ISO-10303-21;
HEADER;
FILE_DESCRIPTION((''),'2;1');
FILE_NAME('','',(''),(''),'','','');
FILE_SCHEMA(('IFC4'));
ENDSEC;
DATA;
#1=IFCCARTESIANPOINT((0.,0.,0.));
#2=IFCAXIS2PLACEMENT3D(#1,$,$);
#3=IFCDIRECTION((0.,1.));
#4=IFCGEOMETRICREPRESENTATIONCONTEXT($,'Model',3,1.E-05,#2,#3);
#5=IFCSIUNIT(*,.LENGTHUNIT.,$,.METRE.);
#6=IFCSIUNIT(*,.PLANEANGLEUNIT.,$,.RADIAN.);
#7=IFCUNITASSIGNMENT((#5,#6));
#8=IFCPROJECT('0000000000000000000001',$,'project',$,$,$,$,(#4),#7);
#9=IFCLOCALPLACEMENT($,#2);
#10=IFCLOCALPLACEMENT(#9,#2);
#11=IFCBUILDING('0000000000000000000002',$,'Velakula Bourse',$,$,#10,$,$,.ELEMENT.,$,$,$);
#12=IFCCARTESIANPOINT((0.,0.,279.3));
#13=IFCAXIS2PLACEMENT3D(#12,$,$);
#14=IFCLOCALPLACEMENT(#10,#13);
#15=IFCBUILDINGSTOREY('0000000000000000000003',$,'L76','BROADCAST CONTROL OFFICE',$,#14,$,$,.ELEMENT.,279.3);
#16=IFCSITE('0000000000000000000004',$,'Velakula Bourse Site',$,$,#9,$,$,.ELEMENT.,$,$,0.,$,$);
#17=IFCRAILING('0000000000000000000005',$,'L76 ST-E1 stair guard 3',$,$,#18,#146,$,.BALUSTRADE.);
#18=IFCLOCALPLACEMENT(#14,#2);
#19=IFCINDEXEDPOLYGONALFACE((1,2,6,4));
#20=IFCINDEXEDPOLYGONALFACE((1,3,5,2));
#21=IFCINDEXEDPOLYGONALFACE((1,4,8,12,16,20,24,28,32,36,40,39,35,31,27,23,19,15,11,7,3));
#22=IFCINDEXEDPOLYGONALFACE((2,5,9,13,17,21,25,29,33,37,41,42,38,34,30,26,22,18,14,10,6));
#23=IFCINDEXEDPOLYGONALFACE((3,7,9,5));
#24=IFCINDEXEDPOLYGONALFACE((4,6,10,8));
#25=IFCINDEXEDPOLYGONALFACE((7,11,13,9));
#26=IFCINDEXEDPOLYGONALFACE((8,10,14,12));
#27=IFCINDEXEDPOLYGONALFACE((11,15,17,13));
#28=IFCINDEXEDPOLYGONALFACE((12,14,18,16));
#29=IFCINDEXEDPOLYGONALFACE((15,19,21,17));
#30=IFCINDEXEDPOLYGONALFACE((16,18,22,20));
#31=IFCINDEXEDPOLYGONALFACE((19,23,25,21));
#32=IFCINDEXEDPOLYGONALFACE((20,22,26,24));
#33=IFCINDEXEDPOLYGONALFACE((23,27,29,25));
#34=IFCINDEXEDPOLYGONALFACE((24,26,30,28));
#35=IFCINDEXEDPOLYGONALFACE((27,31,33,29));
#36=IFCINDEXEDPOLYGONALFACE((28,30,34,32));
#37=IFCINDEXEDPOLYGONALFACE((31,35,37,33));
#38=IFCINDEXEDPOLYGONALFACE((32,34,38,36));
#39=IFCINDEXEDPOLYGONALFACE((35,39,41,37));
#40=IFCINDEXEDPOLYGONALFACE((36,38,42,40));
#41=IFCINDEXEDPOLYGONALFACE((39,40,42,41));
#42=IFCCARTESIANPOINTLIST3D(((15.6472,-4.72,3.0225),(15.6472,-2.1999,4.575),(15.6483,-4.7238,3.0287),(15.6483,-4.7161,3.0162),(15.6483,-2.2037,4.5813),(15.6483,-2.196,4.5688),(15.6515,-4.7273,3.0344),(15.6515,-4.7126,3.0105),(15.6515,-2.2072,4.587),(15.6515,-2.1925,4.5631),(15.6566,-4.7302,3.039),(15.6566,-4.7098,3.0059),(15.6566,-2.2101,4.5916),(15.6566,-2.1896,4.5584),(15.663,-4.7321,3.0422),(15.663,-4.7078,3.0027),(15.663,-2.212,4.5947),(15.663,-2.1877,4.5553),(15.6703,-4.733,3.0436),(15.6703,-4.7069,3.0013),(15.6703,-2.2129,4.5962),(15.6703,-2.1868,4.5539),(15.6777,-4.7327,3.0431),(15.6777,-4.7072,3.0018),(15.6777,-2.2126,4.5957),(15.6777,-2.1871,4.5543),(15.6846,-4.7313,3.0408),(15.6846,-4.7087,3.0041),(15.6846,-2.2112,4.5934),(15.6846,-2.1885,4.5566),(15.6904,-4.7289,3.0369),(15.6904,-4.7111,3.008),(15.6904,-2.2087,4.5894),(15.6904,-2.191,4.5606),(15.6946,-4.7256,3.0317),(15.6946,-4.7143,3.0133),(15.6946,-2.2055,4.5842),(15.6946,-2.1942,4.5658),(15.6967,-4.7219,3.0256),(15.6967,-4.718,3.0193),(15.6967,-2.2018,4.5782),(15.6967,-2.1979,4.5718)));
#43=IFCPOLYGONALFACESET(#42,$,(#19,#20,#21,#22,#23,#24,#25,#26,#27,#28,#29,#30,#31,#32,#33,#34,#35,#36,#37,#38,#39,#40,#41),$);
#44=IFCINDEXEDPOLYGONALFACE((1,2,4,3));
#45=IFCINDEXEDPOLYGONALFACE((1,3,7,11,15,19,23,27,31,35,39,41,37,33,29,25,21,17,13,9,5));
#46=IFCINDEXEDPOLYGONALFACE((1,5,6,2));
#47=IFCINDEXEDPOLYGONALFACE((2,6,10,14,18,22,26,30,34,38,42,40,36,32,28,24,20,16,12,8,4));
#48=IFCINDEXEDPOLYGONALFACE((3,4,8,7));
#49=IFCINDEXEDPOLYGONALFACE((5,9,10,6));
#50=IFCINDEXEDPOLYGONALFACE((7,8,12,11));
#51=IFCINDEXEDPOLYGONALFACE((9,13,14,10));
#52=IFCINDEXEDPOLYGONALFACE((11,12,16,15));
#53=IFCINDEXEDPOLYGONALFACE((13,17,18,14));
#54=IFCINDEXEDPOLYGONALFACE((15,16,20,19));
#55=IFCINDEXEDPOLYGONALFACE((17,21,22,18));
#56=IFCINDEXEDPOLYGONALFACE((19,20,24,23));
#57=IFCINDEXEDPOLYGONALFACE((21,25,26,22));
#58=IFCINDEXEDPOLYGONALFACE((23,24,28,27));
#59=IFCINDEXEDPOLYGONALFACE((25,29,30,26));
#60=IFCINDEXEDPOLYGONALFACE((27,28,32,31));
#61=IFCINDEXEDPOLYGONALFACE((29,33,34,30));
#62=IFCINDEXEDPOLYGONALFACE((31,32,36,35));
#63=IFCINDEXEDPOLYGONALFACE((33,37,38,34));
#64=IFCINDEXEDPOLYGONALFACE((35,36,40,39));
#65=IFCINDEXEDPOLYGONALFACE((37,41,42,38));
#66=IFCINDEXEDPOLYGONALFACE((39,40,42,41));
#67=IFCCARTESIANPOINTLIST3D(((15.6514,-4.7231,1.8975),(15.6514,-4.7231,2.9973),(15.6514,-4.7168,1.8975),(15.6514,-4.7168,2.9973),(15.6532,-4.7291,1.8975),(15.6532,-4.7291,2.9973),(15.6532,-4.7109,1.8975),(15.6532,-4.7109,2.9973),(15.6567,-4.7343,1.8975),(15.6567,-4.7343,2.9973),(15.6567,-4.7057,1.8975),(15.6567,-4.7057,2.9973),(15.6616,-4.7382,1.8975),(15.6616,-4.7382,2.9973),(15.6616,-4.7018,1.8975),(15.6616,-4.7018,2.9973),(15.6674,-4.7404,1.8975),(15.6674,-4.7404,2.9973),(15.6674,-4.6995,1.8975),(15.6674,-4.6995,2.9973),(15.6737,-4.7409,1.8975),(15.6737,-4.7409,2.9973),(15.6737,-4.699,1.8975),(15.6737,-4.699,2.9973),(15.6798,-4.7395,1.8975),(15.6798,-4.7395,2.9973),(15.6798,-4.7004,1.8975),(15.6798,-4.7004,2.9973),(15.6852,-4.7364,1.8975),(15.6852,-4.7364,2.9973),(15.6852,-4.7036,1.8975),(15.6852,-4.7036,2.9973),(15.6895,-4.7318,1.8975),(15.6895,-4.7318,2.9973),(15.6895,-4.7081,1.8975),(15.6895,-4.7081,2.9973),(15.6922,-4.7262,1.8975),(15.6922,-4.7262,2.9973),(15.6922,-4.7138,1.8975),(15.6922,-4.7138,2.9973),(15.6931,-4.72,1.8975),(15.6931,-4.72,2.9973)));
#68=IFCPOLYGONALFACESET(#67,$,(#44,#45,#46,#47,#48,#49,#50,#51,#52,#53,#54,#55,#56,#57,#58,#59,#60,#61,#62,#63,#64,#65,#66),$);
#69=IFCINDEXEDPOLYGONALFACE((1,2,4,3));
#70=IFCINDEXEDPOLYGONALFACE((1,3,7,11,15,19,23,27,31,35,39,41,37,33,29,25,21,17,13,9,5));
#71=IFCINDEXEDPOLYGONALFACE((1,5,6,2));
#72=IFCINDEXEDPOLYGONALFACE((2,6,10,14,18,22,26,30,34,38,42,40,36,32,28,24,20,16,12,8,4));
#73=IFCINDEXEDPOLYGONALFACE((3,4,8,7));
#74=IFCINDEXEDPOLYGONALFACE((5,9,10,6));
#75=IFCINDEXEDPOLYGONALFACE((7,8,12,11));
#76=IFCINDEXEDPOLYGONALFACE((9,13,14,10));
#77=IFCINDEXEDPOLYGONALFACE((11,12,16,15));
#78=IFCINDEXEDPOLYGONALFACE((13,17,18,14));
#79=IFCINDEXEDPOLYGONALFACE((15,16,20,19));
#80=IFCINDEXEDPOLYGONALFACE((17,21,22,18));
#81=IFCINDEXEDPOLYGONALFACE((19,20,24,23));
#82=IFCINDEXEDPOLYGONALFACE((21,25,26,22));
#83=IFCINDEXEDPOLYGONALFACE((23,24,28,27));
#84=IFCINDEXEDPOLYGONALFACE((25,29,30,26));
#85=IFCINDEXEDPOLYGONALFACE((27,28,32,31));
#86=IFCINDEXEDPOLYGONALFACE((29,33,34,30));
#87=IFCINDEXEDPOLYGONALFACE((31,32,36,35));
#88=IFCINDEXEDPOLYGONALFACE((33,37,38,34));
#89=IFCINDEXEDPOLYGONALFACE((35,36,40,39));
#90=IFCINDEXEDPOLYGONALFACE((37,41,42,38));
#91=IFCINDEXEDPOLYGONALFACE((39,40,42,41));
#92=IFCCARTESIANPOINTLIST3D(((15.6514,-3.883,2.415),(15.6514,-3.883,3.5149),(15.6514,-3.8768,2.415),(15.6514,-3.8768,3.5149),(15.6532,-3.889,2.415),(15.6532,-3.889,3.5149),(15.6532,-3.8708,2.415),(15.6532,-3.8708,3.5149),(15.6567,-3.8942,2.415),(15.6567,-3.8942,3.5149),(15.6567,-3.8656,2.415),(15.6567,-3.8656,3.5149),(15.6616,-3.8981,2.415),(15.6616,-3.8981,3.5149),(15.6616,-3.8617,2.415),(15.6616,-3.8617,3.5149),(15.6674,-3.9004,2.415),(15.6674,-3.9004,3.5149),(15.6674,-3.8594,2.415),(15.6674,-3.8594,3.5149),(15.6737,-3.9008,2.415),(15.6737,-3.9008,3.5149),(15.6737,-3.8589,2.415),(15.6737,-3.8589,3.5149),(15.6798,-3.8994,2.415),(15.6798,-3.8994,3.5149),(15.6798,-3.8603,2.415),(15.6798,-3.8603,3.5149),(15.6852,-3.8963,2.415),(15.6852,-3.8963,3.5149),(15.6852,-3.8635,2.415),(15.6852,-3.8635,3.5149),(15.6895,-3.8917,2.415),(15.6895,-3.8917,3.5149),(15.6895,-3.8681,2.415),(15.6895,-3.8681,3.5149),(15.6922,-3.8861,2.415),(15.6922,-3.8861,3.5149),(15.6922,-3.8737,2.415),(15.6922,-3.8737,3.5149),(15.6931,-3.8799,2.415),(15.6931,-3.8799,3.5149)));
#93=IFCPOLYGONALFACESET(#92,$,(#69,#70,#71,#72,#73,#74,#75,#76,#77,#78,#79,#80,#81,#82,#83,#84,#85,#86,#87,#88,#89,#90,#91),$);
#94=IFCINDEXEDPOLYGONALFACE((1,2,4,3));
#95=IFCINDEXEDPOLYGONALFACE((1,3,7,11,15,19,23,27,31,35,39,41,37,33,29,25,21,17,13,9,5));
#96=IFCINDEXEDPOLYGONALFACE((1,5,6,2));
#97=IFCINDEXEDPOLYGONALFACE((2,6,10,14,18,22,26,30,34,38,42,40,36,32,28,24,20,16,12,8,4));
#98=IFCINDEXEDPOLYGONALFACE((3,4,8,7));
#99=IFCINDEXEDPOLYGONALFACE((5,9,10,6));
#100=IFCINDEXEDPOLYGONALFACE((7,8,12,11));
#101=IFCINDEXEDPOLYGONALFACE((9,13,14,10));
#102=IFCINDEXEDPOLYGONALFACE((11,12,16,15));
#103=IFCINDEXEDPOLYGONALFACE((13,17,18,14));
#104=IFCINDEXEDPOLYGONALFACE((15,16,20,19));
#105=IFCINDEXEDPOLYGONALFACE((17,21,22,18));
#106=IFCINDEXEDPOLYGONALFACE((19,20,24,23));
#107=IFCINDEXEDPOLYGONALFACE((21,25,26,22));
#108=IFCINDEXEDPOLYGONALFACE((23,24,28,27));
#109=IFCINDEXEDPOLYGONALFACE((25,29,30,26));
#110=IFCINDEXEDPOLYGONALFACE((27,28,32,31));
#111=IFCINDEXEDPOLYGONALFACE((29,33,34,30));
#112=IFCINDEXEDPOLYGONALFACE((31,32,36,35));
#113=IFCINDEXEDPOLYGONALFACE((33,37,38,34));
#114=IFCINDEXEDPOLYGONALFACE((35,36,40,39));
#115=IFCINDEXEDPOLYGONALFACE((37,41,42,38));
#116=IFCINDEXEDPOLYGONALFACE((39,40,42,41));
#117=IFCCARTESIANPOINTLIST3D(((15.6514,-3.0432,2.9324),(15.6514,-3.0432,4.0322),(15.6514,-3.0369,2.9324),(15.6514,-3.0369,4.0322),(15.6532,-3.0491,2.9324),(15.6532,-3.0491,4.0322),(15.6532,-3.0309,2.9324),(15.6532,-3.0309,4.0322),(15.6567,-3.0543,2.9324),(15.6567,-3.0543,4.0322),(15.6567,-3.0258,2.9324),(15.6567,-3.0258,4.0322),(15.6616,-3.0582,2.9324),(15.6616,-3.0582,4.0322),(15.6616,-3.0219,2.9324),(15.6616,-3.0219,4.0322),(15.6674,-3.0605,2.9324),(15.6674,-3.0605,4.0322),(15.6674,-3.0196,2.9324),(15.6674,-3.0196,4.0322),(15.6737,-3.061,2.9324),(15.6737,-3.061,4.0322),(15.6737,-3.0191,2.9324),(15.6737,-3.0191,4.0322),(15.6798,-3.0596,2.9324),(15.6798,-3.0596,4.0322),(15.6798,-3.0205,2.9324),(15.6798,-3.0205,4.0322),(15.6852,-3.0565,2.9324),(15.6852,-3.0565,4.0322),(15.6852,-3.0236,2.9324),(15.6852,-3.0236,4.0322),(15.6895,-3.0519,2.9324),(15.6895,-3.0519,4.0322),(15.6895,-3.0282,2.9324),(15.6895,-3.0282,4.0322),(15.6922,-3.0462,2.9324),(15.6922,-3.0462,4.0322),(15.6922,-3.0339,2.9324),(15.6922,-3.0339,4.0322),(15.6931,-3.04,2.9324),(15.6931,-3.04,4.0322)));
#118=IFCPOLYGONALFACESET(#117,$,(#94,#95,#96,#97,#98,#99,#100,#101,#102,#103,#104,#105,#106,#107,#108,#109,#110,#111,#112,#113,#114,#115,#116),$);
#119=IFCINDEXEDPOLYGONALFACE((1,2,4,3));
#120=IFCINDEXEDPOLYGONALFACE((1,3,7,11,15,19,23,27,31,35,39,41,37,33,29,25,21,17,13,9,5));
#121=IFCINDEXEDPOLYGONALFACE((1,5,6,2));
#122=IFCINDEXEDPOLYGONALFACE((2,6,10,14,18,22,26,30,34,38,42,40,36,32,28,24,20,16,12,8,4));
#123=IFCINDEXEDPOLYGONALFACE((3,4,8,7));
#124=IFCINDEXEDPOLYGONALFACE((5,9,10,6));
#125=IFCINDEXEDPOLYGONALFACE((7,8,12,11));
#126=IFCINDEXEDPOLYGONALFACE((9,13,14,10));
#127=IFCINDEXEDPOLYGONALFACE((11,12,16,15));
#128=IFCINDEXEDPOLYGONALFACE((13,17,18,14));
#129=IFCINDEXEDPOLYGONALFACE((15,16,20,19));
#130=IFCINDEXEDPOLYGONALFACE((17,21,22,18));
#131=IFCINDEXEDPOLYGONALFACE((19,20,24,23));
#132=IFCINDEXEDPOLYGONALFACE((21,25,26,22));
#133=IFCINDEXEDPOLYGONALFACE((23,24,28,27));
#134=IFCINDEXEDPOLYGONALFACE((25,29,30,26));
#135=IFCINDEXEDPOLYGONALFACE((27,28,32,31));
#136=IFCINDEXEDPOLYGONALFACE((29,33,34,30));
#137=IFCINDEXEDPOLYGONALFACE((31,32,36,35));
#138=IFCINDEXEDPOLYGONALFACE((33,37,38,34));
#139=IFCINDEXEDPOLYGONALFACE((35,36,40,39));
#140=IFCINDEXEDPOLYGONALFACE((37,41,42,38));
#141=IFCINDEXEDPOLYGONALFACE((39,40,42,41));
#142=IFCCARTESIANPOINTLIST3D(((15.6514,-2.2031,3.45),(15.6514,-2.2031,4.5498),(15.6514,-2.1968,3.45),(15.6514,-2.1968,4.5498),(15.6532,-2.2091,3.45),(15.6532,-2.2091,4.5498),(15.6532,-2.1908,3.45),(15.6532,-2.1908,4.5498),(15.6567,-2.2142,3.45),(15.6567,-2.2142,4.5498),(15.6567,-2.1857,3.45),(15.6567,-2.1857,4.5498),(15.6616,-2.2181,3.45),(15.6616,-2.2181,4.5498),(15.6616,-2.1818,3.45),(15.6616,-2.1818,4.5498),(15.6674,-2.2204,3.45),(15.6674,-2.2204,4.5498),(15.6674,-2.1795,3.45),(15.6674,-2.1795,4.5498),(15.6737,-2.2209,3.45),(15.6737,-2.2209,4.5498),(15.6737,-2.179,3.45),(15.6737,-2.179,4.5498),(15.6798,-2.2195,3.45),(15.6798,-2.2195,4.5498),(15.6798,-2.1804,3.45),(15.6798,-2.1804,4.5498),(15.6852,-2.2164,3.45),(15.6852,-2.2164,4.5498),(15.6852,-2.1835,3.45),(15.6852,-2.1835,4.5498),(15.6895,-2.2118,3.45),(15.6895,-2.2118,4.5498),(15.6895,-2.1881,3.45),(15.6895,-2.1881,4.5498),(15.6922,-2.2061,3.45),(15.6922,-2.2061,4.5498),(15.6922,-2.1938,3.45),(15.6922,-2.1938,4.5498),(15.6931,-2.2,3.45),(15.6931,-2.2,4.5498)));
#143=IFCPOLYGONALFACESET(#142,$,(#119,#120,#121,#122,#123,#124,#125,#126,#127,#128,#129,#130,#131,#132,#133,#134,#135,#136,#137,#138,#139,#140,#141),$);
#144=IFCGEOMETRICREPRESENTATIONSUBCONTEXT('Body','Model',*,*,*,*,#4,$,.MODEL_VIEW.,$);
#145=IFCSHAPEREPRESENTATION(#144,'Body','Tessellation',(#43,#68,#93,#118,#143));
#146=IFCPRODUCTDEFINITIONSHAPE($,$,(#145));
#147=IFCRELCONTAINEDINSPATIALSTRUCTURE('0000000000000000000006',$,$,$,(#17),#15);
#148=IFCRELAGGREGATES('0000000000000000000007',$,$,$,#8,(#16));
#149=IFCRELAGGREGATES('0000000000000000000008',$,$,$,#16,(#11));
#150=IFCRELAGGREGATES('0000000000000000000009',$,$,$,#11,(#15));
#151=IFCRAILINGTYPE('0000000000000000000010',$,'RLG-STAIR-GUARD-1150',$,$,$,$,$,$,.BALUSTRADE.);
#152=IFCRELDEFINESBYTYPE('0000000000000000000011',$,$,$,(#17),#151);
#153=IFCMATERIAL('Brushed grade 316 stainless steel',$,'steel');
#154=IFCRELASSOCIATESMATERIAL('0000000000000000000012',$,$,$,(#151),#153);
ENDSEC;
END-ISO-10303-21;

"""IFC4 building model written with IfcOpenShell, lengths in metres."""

from ifc_helpers import new_model, si_unit, direction, frame, origin, origin_2d, place, context, subcontext, project, spatial, circle, extrude, material, type_object, element, save


model = new_model("IFC4")

# Units and contexts
model_context = context("Model", 3, precision=1e-05, world=origin(), true_north=direction((0.0, 1.0)))
body_context = subcontext(model_context, "Body", "Model", "MODEL_VIEW")
ifc_project = project(units=[si_unit("LENGTHUNIT", "METRE"), si_unit("PLANEANGLEUNIT", "RADIAN")], contexts=[model_context])

# Site, building, storey
site_placement = place(None, origin())
site = spatial("IfcSite", under=ifc_project, at=site_placement, Name="Velakula Bourse Site", CompositionType="ELEMENT", RefElevation=0.0)
building_placement = place(site_placement, origin())
building = spatial("IfcBuilding", under=site, at=building_placement, Name="Velakula Bourse", CompositionType="ELEMENT")
storey_placement = place(building_placement, frame((0.0, 0.0, 279.3)))
storey = spatial("IfcBuildingStorey", under=building, at=storey_placement, Name="L76", Description="BROADCAST CONTROL OFFICE", CompositionType="ELEMENT", Elevation=279.3)

# Shared definitions
ifc_material_1 = material(Name="Brushed grade 316 stainless steel", Category="steel")

# Railing
railing_type_1 = type_object("IfcRailingType", Name="RLG-STAIR-GUARD-1150", PredefinedType="BALUSTRADE", material=ifc_material_1)
railing_1_placement = place(storey_placement, frame((15.6721, -4.72, 1.8975)))
element("IfcRailing", 1, at=railing_1_placement, inside=storey, type_object=railing_type_1, Name="L76 ST-E1 stair guard 3", PredefinedType="BALUSTRADE", context=body_context, shape_type="SweptSolid", body=[
    extrude(circle(Radius=0.0249, at=origin_2d()), frame((0.0, 0.0, 1.125), z_axis=(0.0, 0.8514, 0.524516), x_axis=(-1.0, 0.0, 0.0)), (0.0, 0.0, 1.0), 2.96),
    extrude(circle(Radius=0.021, at=origin_2d()), origin(), (0.0, 0.0, 1.0), 1.0999),
    extrude(circle(Radius=0.021, at=origin_2d()), frame((0.0, 0.8401, 0.5176)), (0.0, 0.0, 1.0), 1.0999),
    extrude(circle(Radius=0.021, at=origin_2d()), frame((0.0, 1.6799, 1.0349)), (0.0, 0.0, 1.0), 1.0999),
    extrude(circle(Radius=0.021, at=origin_2d()), frame((0.0, 2.52, 1.5525)), (0.0, 0.0, 1.0), 1.0999),
])

save(model, "model.ifc")
